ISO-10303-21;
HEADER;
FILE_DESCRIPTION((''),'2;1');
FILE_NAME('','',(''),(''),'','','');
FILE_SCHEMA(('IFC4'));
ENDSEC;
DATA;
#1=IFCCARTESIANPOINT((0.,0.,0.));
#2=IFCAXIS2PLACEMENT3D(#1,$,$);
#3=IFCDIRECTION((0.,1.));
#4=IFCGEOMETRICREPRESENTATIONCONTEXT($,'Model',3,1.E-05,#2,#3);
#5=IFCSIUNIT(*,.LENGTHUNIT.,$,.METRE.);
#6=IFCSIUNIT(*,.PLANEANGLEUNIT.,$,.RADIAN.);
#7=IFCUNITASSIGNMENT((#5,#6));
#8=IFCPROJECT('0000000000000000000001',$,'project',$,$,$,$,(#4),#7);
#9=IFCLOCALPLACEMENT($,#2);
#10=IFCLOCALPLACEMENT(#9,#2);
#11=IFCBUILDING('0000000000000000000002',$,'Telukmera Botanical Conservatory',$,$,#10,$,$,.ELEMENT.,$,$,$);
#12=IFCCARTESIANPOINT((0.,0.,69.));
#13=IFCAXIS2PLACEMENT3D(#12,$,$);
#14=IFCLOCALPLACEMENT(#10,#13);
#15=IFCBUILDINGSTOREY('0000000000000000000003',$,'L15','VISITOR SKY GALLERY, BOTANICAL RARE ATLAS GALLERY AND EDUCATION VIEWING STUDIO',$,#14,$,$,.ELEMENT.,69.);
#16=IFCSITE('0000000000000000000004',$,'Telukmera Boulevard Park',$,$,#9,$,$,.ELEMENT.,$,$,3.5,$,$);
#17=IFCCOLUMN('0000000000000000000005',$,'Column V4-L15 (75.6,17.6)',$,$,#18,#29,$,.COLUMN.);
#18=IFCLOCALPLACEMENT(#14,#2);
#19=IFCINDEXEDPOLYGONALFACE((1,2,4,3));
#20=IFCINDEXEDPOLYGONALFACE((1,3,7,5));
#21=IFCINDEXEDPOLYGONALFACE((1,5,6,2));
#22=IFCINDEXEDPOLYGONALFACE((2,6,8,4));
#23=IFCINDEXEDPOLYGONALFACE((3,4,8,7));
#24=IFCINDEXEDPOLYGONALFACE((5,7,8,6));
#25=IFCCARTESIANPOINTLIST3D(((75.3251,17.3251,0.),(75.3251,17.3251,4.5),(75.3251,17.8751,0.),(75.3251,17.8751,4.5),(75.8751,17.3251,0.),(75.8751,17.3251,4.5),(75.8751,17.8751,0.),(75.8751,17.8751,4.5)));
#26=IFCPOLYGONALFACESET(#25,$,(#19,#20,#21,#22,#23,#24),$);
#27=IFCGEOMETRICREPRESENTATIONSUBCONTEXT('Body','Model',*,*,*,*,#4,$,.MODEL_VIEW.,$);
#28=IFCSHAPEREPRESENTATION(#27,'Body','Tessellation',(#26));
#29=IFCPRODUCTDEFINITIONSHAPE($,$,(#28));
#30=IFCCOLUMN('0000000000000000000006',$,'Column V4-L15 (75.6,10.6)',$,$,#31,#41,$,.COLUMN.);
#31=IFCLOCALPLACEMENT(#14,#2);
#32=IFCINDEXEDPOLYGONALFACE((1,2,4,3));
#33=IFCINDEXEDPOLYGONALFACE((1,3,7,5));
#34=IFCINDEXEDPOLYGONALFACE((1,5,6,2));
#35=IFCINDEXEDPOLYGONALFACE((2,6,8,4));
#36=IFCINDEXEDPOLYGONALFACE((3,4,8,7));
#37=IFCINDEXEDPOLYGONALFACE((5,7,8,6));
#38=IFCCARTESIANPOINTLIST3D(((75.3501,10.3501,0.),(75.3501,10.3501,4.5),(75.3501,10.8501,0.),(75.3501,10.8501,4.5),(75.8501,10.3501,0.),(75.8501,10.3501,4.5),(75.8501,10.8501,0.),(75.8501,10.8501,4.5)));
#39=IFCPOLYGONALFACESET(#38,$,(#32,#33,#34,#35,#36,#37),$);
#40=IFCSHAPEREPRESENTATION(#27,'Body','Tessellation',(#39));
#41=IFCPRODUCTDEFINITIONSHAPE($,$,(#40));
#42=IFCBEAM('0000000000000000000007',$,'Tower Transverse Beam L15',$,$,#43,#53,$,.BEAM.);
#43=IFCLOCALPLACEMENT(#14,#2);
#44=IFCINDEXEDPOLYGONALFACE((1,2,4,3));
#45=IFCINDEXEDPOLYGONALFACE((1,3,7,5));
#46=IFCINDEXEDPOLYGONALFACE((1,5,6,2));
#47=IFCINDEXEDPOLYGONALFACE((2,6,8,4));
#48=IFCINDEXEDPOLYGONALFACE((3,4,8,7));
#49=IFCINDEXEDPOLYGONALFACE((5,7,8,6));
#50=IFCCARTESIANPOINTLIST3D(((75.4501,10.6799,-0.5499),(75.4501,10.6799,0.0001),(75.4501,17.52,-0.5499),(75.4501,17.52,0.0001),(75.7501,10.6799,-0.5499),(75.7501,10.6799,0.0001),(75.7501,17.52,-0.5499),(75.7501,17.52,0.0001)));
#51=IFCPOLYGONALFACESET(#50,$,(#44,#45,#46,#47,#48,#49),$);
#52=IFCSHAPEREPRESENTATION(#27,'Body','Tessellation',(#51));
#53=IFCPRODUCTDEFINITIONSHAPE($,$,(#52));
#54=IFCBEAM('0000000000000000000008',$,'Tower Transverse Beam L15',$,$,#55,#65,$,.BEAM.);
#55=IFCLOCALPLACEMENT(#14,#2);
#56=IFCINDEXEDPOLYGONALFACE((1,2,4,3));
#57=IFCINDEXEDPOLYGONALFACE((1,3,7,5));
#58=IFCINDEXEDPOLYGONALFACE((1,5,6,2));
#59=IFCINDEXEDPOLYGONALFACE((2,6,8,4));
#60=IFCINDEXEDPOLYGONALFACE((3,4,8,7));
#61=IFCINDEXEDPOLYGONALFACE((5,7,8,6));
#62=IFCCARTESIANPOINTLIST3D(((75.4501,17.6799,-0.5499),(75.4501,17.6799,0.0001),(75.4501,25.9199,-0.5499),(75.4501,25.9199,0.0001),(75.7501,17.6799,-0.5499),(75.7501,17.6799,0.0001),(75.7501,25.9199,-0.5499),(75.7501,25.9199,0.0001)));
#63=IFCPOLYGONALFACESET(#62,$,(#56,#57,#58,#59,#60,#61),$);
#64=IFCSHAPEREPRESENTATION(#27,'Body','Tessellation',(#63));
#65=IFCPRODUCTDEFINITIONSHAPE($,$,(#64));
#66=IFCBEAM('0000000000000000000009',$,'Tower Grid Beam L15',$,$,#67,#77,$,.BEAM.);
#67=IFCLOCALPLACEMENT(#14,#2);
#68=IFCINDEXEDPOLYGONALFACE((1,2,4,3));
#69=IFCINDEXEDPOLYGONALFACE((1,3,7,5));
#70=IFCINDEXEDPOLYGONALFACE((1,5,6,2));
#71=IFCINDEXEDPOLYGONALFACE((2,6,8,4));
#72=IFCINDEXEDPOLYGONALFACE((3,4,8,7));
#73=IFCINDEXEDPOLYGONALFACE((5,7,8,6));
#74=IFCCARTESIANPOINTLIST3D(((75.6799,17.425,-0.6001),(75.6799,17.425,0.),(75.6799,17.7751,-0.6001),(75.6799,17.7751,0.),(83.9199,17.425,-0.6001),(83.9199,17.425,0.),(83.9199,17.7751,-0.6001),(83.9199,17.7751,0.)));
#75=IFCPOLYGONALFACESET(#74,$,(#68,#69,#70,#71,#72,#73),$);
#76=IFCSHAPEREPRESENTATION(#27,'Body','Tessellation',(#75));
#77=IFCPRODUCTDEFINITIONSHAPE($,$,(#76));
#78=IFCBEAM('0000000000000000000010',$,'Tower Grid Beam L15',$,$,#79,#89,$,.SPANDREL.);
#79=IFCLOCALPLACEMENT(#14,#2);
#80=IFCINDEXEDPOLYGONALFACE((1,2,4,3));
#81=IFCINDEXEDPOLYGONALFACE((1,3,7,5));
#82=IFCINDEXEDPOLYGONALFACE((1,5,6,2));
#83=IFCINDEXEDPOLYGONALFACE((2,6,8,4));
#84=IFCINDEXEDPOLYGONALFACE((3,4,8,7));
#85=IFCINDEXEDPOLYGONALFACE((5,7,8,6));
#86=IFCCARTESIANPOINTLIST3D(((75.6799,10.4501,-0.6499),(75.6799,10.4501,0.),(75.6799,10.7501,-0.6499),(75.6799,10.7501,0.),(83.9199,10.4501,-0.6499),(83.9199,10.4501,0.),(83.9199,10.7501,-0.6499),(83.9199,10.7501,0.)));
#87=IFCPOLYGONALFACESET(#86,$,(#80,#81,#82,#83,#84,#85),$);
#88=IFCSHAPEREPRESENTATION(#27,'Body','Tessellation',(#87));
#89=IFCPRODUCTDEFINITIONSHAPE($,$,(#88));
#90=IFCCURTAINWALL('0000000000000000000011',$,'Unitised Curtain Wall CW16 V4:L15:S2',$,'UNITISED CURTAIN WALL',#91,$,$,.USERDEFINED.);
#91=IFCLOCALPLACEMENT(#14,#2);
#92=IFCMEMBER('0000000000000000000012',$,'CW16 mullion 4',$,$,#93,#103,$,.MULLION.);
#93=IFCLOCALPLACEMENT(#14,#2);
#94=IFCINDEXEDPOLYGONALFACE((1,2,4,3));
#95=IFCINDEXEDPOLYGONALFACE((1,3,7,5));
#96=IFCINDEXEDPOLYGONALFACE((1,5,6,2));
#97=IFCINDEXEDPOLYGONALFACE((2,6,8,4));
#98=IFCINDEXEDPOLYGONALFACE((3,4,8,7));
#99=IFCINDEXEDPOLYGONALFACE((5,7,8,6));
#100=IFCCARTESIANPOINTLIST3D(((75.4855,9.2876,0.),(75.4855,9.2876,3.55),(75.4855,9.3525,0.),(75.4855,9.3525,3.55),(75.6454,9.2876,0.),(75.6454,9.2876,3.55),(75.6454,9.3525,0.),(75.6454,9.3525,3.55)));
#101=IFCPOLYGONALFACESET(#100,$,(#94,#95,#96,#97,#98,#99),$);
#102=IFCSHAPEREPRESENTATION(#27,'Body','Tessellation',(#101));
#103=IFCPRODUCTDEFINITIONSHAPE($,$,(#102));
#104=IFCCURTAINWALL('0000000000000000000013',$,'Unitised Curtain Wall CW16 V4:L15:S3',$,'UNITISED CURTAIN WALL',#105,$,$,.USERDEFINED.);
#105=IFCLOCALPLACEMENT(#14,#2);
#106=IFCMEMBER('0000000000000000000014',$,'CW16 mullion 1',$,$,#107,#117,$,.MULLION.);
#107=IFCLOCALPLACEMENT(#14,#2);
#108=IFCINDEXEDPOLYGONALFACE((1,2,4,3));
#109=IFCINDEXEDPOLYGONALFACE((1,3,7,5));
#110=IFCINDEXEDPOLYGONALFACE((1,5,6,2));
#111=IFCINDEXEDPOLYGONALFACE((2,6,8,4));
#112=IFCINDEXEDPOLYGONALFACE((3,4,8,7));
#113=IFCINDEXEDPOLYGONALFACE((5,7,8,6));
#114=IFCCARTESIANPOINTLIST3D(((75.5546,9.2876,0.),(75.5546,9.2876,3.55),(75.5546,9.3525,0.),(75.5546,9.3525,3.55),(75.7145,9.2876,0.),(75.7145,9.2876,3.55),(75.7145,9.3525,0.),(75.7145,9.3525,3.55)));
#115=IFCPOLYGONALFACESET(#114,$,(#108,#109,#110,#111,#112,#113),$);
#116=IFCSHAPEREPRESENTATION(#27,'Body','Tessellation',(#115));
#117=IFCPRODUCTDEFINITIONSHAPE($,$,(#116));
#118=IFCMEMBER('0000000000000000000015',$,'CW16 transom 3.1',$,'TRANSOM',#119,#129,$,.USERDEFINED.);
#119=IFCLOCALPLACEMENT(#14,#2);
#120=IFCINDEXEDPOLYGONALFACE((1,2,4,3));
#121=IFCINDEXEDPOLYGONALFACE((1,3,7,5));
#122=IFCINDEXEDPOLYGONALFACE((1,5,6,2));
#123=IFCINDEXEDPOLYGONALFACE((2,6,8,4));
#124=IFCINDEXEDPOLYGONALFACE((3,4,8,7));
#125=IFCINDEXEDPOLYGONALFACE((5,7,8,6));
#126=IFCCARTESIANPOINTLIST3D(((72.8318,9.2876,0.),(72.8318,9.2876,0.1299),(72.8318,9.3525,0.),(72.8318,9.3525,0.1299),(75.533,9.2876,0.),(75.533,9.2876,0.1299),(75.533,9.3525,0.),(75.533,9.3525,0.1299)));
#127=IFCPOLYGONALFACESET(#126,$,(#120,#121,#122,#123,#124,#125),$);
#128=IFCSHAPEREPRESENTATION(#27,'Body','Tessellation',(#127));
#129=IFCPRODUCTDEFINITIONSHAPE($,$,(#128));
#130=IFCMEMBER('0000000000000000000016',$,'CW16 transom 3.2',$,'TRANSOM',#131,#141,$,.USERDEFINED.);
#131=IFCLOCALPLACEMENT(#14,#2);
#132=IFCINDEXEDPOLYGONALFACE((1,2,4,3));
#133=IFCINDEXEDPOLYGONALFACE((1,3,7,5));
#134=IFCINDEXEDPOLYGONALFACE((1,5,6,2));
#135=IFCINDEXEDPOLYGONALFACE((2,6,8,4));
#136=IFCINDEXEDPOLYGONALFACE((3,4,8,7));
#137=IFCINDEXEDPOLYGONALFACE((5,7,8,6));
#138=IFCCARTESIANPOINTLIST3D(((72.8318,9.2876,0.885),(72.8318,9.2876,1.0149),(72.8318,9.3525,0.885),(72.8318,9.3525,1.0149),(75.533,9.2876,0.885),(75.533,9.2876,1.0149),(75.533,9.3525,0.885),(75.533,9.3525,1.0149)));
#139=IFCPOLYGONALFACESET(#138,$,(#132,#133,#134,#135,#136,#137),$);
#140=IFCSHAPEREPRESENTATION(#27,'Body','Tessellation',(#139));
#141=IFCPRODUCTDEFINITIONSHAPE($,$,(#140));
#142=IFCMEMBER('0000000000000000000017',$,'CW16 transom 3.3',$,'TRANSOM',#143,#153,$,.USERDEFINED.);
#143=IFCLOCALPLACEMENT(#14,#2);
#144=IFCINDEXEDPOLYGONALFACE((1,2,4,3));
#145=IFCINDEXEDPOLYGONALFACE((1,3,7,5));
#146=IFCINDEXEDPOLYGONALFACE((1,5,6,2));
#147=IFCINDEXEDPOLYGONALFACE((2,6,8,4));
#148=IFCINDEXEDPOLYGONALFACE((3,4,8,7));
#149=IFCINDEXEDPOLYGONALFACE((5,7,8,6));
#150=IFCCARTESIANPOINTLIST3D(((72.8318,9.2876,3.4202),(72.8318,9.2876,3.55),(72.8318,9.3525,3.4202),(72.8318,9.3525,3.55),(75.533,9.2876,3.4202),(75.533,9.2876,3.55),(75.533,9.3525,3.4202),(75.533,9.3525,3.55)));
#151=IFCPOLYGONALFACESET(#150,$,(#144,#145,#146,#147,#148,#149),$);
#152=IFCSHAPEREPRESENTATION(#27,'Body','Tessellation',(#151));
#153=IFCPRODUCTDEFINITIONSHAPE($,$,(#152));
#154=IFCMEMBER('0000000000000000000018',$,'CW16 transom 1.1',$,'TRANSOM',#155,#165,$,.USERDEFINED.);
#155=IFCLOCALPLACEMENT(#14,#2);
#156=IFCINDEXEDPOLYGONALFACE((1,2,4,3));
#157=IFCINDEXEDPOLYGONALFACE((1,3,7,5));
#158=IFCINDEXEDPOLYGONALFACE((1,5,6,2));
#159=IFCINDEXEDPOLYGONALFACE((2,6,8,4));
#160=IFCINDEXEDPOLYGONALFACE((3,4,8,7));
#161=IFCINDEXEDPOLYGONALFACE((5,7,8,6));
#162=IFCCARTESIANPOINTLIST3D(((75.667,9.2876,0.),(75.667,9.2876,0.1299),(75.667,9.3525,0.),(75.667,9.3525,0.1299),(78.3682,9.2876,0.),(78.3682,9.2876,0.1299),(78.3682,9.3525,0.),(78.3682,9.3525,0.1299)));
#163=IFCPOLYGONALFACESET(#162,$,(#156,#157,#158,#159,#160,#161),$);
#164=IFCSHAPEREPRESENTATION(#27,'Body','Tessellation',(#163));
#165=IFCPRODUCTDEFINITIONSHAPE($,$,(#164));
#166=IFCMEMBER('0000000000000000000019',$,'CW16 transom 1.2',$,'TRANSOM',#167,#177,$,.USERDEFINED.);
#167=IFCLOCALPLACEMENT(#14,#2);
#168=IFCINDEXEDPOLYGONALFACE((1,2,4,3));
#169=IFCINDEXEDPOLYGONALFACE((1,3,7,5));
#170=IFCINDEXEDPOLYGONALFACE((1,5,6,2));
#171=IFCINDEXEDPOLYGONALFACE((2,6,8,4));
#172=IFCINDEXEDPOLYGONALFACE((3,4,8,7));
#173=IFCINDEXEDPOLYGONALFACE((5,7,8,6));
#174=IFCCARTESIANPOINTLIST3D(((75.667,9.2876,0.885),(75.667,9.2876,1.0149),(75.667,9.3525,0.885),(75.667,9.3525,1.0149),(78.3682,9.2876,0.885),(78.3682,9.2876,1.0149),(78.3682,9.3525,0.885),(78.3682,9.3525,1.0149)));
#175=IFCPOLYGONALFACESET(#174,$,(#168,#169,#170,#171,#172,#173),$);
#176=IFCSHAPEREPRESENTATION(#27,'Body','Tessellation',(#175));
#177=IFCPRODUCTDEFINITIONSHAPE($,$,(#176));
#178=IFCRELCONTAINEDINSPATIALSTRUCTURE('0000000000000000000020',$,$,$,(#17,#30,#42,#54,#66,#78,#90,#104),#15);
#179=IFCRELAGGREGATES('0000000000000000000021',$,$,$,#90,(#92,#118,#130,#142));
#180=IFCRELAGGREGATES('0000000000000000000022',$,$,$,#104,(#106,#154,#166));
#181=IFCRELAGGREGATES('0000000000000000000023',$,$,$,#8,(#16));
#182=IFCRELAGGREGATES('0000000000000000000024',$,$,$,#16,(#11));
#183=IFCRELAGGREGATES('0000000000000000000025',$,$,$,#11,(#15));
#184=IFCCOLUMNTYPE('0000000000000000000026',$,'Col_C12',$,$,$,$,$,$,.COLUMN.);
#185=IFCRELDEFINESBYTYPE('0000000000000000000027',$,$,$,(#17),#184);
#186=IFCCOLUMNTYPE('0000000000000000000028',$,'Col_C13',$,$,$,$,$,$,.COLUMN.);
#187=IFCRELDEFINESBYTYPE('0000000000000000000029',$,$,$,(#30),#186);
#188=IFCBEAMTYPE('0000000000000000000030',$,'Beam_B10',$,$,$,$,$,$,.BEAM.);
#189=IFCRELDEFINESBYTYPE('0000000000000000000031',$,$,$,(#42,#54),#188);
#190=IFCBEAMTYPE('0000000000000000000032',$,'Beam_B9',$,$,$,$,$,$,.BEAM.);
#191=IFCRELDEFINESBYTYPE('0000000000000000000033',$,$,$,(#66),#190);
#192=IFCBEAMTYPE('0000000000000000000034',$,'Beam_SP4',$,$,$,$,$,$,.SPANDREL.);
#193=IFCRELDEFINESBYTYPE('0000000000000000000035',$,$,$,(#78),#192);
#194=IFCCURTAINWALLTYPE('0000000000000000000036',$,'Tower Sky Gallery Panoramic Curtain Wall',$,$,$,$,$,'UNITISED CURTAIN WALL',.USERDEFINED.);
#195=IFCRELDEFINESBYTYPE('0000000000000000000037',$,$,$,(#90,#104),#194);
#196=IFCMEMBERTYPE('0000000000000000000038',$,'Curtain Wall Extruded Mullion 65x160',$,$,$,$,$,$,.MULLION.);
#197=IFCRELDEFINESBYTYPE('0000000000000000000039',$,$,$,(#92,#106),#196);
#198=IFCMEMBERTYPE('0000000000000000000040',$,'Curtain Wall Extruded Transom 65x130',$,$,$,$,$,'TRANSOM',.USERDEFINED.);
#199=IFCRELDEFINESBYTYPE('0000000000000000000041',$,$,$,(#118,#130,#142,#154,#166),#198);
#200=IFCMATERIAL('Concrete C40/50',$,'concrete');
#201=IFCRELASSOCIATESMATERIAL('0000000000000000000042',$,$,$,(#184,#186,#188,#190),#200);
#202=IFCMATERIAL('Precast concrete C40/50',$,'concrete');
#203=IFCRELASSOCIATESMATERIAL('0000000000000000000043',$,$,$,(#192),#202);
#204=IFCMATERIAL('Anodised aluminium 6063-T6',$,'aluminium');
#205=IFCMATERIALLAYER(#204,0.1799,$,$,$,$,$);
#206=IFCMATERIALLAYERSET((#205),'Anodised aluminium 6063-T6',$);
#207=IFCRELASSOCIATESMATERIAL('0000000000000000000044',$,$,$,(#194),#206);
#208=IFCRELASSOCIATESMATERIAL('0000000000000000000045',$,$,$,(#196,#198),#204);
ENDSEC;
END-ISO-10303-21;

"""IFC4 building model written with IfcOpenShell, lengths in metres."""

from ifc_helpers import new_model, si_unit, direction, frame, origin, origin_2d, place, context, subcontext, project, spatial, rectangle, extrude, material, layer, layer_set, material_profile, profile_set, type_object, element, aggregate, save


model = new_model("IFC4")

# Units and contexts
model_context = context("Model", 3, precision=1e-05, world=origin(), true_north=direction((0.0, 1.0)))
body_context = subcontext(model_context, "Body", "Model", "MODEL_VIEW")
ifc_project = project(units=[si_unit("LENGTHUNIT", "METRE"), si_unit("PLANEANGLEUNIT", "RADIAN")], contexts=[model_context])

# Site, building, storey
site_placement = place(None, origin())
site = spatial("IfcSite", under=ifc_project, at=site_placement, Name="Telukmera Boulevard Park", CompositionType="ELEMENT", RefElevation=3.5)
building_placement = place(site_placement, origin())
building = spatial("IfcBuilding", under=site, at=building_placement, Name="Telukmera Botanical Conservatory", CompositionType="ELEMENT")
storey_placement = place(building_placement, frame((0.0, 0.0, 69.0)))
storey = spatial("IfcBuildingStorey", under=building, at=storey_placement, Name="L15", Description="VISITOR SKY GALLERY, BOTANICAL RARE ATLAS GALLERY AND EDUCATION VIEWING STUDIO", CompositionType="ELEMENT", Elevation=69.0)

# Columns
ifc_material_1 = material(Name="Concrete C40/50", Category="concrete")
ifc_material_profile_1 = material_profile(ifc_material_1, rectangle(XDim=0.55, YDim=0.55, at=origin_2d()), Name="RC 550x550")
ifc_profile_set_1 = profile_set([ifc_material_profile_1], Name="Concrete C40/50")
column_type_1 = type_object("IfcColumnType", Name="Col_C12", PredefinedType="COLUMN", material=ifc_profile_set_1)
column_1_placement = place(storey_placement, frame((75.6001, 17.6001, 0.0), z_axis=(0.0, 0.0, 1.0), x_axis=(1.0, 0.0, 0.0)))
element("IfcColumn", 1, at=column_1_placement, inside=storey, type_object=column_type_1, Name="Column V4-L15 (75.6,17.6)", PredefinedType="COLUMN", context=body_context, shape_type="SweptSolid", body=[
    extrude(rectangle(XDim=0.55, YDim=0.55, at=origin_2d()), origin(), (0.0, 0.0, 1.0), 4.5),
])
ifc_material_profile_2 = material_profile(ifc_material_1, rectangle(XDim=0.5, YDim=0.5, at=origin_2d()), Name="RC 500x500")
ifc_profile_set_2 = profile_set([ifc_material_profile_2], Name="Concrete C40/50")
column_type_2 = type_object("IfcColumnType", Name="Col_C13", PredefinedType="COLUMN", material=ifc_profile_set_2)
column_2_placement = place(storey_placement, frame((75.6001, 10.6001, 0.0), z_axis=(0.0, 0.0, 1.0), x_axis=(1.0, 0.0, 0.0)))
element("IfcColumn", 2, at=column_2_placement, inside=storey, type_object=column_type_2, Name="Column V4-L15 (75.6,10.6)", PredefinedType="COLUMN", context=body_context, shape_type="SweptSolid", body=[
    extrude(rectangle(XDim=0.5, YDim=0.5, at=origin_2d()), origin(), (0.0, 0.0, 1.0), 4.5),
])

# Beams
ifc_material_profile_3 = material_profile(ifc_material_1, rectangle(XDim=0.3, YDim=0.55, at=origin_2d()), Name="RC 300x550")
ifc_profile_set_3 = profile_set([ifc_material_profile_3], Name="Concrete C40/50")
beam_type_1 = type_object("IfcBeamType", Name="Beam_B10", PredefinedType="BEAM", material=ifc_profile_set_3)
beam_1_placement = place(storey_placement, frame((75.6001, 10.6799, -0.2749), z_axis=(0.0, 1.0, 0.0), x_axis=(-1.0, 0.0, 0.0)))
element("IfcBeam", 3, at=beam_1_placement, inside=storey, type_object=beam_type_1, Name="Tower Transverse Beam L15", PredefinedType="BEAM", context=body_context, shape_type="SweptSolid", body=[
    extrude(rectangle(XDim=0.3, YDim=0.55, at=origin_2d()), origin(), (0.0, 0.0, 1.0), 6.8401),
])
beam_2_placement = place(storey_placement, frame((75.6001, 17.6799, -0.2749), z_axis=(0.0, 1.0, 0.0), x_axis=(-1.0, 0.0, 0.0)))
element("IfcBeam", 4, at=beam_2_placement, inside=storey, type_object=beam_type_1, Name="Tower Transverse Beam L15", PredefinedType="BEAM", context=body_context, shape_type="SweptSolid", body=[
    extrude(rectangle(XDim=0.3, YDim=0.55, at=origin_2d()), origin(), (0.0, 0.0, 1.0), 8.24),
])
ifc_material_profile_4 = material_profile(ifc_material_1, rectangle(XDim=0.3501, YDim=0.6001, at=origin_2d()), Name="RC 350x600")
ifc_profile_set_4 = profile_set([ifc_material_profile_4], Name="Concrete C40/50")
beam_type_2 = type_object("IfcBeamType", Name="Beam_B9", PredefinedType="BEAM", material=ifc_profile_set_4)
beam_3_placement = place(storey_placement, frame((75.6799, 17.6001, -0.3), z_axis=(1.0, 0.0, 0.0), x_axis=(0.0, 1.0, 0.0)))
element("IfcBeam", 5, at=beam_3_placement, inside=storey, type_object=beam_type_2, Name="Tower Grid Beam L15", PredefinedType="BEAM", context=body_context, shape_type="SweptSolid", body=[
    extrude(rectangle(XDim=0.3501, YDim=0.6001, at=origin_2d()), origin(), (0.0, 0.0, 1.0), 8.24),
])
ifc_material_2 = material(Name="Precast concrete C40/50", Category="concrete")
ifc_material_profile_5 = material_profile(ifc_material_2, rectangle(XDim=0.3, YDim=0.6499, at=origin_2d()), Name="PC 300x650")
ifc_profile_set_5 = profile_set([ifc_material_profile_5], Name="Precast concrete C40/50")
beam_type_3 = type_object("IfcBeamType", Name="Beam_SP4", PredefinedType="SPANDREL", material=ifc_profile_set_5)
beam_4_placement = place(storey_placement, frame((75.6799, 10.6001, -0.325), z_axis=(1.0, 0.0, 0.0), x_axis=(0.0, 1.0, 0.0)))
element("IfcBeam", 6, at=beam_4_placement, inside=storey, type_object=beam_type_3, Name="Tower Grid Beam L15", PredefinedType="SPANDREL", context=body_context, shape_type="SweptSolid", body=[
    extrude(rectangle(XDim=0.3, YDim=0.6499, at=origin_2d()), origin(), (0.0, 0.0, 1.0), 8.24),
])

# Curtain walls, members
ifc_material_3 = material(Name="Anodised aluminium 6063-T6", Category="aluminium")
ifc_layer_1 = layer(ifc_material_3, 0.1799)
ifc_layer_set_1 = layer_set([ifc_layer_1], Name="Anodised aluminium 6063-T6")
curtain_wall_type = type_object("IfcCurtainWallType", Name="Tower Sky Gallery Panoramic Curtain Wall", ElementType="UNITISED CURTAIN WALL", PredefinedType="USERDEFINED", material=ifc_layer_set_1)
curtain_wall_1_placement = place(storey_placement, origin())
curtain_wall_1 = element("IfcCurtainWall", 7, at=curtain_wall_1_placement, inside=storey, type_object=curtain_wall_type, Name="Unitised Curtain Wall CW16 V4:L15:S2", ObjectType="UNITISED CURTAIN WALL", PredefinedType="USERDEFINED")
ifc_material_profile_6 = material_profile(ifc_material_3, rectangle(XDim=0.0649, YDim=0.1599, at=origin_2d()), Name="ALU MULL 65x160")
ifc_profile_set_6 = profile_set([ifc_material_profile_6], Name="Anodised aluminium 6063-T6")
member_type_1 = type_object("IfcMemberType", Name="Curtain Wall Extruded Mullion 65x160", PredefinedType="MULLION", material=ifc_profile_set_6)
member_1_placement = place(storey_placement, frame((75.5654, 9.3201, 0.0), z_axis=(0.0, 0.0, 1.0), x_axis=(0.0, 1.0, 0.0)))
member_1 = element("IfcMember", 8, at=member_1_placement, type_object=member_type_1, Name="CW16 mullion 4", PredefinedType="MULLION", context=body_context, shape_type="SweptSolid", body=[
    extrude(rectangle(XDim=0.0649, YDim=0.1599, at=origin_2d()), origin(), (0.0, 0.0, 1.0), 3.55),
])
curtain_wall_2_placement = place(storey_placement, origin())
curtain_wall_2 = element("IfcCurtainWall", 9, at=curtain_wall_2_placement, inside=storey, type_object=curtain_wall_type, Name="Unitised Curtain Wall CW16 V4:L15:S3", ObjectType="UNITISED CURTAIN WALL", PredefinedType="USERDEFINED")
member_2_placement = place(storey_placement, frame((75.6345, 9.3201, 0.0), z_axis=(0.0, 0.0, 1.0), x_axis=(0.0, 1.0, 0.0)))
member_2 = element("IfcMember", 10, at=member_2_placement, type_object=member_type_1, Name="CW16 mullion 1", PredefinedType="MULLION", context=body_context, shape_type="SweptSolid", body=[
    extrude(rectangle(XDim=0.0649, YDim=0.1599, at=origin_2d()), origin(), (0.0, 0.0, 1.0), 3.55),
])

# Members
ifc_material_profile_7 = material_profile(ifc_material_3, rectangle(XDim=0.0649, YDim=0.1299, at=origin_2d()), Name="ALU TRAN 65x130")
ifc_profile_set_7 = profile_set([ifc_material_profile_7], Name="Anodised aluminium 6063-T6")
member_type_2 = type_object("IfcMemberType", Name="Curtain Wall Extruded Transom 65x130", ElementType="TRANSOM", PredefinedType="USERDEFINED", material=ifc_profile_set_7)
member_3_placement = place(storey_placement, frame((72.8318, 9.3201, 0.0649), z_axis=(1.0, 0.0, 0.0), x_axis=(0.0, 1.0, 0.0)))
member_3 = element("IfcMember", 11, at=member_3_placement, type_object=member_type_2, Name="CW16 transom 3.1", ObjectType="TRANSOM", PredefinedType="USERDEFINED", context=body_context, shape_type="SweptSolid", body=[
    extrude(rectangle(XDim=0.0649, YDim=0.1299, at=origin_2d()), origin(), (0.0, 0.0, 1.0), 2.7012),
])
member_4_placement = place(storey_placement, frame((72.8318, 9.3201, 0.95), z_axis=(1.0, 0.0, 0.0), x_axis=(0.0, 1.0, 0.0)))
member_4 = element("IfcMember", 12, at=member_4_placement, type_object=member_type_2, Name="CW16 transom 3.2", ObjectType="TRANSOM", PredefinedType="USERDEFINED", context=body_context, shape_type="SweptSolid", body=[
    extrude(rectangle(XDim=0.0649, YDim=0.1299, at=origin_2d()), origin(), (0.0, 0.0, 1.0), 2.7012),
])
member_5_placement = place(storey_placement, frame((72.8318, 9.3201, 3.4851), z_axis=(1.0, 0.0, 0.0), x_axis=(0.0, 1.0, 0.0)))
member_5 = element("IfcMember", 13, at=member_5_placement, type_object=member_type_2, Name="CW16 transom 3.3", ObjectType="TRANSOM", PredefinedType="USERDEFINED", context=body_context, shape_type="SweptSolid", body=[
    extrude(rectangle(XDim=0.0649, YDim=0.1299, at=origin_2d()), origin(), (0.0, 0.0, 1.0), 2.7012),
])
member_6_placement = place(storey_placement, frame((75.667, 9.3201, 0.0649), z_axis=(1.0, 0.0, 0.0), x_axis=(0.0, 1.0, 0.0)))
member_6 = element("IfcMember", 14, at=member_6_placement, type_object=member_type_2, Name="CW16 transom 1.1", ObjectType="TRANSOM", PredefinedType="USERDEFINED", context=body_context, shape_type="SweptSolid", body=[
    extrude(rectangle(XDim=0.0649, YDim=0.1299, at=origin_2d()), origin(), (0.0, 0.0, 1.0), 2.7012),
])
member_7_placement = place(storey_placement, frame((75.667, 9.3201, 0.95), z_axis=(1.0, 0.0, 0.0), x_axis=(0.0, 1.0, 0.0)))
member_7 = element("IfcMember", 15, at=member_7_placement, type_object=member_type_2, Name="CW16 transom 1.2", ObjectType="TRANSOM", PredefinedType="USERDEFINED", context=body_context, shape_type="SweptSolid", body=[
    extrude(rectangle(XDim=0.0649, YDim=0.1299, at=origin_2d()), origin(), (0.0, 0.0, 1.0), 2.7012),
])

aggregate(curtain_wall_1, [member_1, member_3, member_4, member_5])
aggregate(curtain_wall_2, [member_2, member_6, member_7])

save(model, "model.ifc")
